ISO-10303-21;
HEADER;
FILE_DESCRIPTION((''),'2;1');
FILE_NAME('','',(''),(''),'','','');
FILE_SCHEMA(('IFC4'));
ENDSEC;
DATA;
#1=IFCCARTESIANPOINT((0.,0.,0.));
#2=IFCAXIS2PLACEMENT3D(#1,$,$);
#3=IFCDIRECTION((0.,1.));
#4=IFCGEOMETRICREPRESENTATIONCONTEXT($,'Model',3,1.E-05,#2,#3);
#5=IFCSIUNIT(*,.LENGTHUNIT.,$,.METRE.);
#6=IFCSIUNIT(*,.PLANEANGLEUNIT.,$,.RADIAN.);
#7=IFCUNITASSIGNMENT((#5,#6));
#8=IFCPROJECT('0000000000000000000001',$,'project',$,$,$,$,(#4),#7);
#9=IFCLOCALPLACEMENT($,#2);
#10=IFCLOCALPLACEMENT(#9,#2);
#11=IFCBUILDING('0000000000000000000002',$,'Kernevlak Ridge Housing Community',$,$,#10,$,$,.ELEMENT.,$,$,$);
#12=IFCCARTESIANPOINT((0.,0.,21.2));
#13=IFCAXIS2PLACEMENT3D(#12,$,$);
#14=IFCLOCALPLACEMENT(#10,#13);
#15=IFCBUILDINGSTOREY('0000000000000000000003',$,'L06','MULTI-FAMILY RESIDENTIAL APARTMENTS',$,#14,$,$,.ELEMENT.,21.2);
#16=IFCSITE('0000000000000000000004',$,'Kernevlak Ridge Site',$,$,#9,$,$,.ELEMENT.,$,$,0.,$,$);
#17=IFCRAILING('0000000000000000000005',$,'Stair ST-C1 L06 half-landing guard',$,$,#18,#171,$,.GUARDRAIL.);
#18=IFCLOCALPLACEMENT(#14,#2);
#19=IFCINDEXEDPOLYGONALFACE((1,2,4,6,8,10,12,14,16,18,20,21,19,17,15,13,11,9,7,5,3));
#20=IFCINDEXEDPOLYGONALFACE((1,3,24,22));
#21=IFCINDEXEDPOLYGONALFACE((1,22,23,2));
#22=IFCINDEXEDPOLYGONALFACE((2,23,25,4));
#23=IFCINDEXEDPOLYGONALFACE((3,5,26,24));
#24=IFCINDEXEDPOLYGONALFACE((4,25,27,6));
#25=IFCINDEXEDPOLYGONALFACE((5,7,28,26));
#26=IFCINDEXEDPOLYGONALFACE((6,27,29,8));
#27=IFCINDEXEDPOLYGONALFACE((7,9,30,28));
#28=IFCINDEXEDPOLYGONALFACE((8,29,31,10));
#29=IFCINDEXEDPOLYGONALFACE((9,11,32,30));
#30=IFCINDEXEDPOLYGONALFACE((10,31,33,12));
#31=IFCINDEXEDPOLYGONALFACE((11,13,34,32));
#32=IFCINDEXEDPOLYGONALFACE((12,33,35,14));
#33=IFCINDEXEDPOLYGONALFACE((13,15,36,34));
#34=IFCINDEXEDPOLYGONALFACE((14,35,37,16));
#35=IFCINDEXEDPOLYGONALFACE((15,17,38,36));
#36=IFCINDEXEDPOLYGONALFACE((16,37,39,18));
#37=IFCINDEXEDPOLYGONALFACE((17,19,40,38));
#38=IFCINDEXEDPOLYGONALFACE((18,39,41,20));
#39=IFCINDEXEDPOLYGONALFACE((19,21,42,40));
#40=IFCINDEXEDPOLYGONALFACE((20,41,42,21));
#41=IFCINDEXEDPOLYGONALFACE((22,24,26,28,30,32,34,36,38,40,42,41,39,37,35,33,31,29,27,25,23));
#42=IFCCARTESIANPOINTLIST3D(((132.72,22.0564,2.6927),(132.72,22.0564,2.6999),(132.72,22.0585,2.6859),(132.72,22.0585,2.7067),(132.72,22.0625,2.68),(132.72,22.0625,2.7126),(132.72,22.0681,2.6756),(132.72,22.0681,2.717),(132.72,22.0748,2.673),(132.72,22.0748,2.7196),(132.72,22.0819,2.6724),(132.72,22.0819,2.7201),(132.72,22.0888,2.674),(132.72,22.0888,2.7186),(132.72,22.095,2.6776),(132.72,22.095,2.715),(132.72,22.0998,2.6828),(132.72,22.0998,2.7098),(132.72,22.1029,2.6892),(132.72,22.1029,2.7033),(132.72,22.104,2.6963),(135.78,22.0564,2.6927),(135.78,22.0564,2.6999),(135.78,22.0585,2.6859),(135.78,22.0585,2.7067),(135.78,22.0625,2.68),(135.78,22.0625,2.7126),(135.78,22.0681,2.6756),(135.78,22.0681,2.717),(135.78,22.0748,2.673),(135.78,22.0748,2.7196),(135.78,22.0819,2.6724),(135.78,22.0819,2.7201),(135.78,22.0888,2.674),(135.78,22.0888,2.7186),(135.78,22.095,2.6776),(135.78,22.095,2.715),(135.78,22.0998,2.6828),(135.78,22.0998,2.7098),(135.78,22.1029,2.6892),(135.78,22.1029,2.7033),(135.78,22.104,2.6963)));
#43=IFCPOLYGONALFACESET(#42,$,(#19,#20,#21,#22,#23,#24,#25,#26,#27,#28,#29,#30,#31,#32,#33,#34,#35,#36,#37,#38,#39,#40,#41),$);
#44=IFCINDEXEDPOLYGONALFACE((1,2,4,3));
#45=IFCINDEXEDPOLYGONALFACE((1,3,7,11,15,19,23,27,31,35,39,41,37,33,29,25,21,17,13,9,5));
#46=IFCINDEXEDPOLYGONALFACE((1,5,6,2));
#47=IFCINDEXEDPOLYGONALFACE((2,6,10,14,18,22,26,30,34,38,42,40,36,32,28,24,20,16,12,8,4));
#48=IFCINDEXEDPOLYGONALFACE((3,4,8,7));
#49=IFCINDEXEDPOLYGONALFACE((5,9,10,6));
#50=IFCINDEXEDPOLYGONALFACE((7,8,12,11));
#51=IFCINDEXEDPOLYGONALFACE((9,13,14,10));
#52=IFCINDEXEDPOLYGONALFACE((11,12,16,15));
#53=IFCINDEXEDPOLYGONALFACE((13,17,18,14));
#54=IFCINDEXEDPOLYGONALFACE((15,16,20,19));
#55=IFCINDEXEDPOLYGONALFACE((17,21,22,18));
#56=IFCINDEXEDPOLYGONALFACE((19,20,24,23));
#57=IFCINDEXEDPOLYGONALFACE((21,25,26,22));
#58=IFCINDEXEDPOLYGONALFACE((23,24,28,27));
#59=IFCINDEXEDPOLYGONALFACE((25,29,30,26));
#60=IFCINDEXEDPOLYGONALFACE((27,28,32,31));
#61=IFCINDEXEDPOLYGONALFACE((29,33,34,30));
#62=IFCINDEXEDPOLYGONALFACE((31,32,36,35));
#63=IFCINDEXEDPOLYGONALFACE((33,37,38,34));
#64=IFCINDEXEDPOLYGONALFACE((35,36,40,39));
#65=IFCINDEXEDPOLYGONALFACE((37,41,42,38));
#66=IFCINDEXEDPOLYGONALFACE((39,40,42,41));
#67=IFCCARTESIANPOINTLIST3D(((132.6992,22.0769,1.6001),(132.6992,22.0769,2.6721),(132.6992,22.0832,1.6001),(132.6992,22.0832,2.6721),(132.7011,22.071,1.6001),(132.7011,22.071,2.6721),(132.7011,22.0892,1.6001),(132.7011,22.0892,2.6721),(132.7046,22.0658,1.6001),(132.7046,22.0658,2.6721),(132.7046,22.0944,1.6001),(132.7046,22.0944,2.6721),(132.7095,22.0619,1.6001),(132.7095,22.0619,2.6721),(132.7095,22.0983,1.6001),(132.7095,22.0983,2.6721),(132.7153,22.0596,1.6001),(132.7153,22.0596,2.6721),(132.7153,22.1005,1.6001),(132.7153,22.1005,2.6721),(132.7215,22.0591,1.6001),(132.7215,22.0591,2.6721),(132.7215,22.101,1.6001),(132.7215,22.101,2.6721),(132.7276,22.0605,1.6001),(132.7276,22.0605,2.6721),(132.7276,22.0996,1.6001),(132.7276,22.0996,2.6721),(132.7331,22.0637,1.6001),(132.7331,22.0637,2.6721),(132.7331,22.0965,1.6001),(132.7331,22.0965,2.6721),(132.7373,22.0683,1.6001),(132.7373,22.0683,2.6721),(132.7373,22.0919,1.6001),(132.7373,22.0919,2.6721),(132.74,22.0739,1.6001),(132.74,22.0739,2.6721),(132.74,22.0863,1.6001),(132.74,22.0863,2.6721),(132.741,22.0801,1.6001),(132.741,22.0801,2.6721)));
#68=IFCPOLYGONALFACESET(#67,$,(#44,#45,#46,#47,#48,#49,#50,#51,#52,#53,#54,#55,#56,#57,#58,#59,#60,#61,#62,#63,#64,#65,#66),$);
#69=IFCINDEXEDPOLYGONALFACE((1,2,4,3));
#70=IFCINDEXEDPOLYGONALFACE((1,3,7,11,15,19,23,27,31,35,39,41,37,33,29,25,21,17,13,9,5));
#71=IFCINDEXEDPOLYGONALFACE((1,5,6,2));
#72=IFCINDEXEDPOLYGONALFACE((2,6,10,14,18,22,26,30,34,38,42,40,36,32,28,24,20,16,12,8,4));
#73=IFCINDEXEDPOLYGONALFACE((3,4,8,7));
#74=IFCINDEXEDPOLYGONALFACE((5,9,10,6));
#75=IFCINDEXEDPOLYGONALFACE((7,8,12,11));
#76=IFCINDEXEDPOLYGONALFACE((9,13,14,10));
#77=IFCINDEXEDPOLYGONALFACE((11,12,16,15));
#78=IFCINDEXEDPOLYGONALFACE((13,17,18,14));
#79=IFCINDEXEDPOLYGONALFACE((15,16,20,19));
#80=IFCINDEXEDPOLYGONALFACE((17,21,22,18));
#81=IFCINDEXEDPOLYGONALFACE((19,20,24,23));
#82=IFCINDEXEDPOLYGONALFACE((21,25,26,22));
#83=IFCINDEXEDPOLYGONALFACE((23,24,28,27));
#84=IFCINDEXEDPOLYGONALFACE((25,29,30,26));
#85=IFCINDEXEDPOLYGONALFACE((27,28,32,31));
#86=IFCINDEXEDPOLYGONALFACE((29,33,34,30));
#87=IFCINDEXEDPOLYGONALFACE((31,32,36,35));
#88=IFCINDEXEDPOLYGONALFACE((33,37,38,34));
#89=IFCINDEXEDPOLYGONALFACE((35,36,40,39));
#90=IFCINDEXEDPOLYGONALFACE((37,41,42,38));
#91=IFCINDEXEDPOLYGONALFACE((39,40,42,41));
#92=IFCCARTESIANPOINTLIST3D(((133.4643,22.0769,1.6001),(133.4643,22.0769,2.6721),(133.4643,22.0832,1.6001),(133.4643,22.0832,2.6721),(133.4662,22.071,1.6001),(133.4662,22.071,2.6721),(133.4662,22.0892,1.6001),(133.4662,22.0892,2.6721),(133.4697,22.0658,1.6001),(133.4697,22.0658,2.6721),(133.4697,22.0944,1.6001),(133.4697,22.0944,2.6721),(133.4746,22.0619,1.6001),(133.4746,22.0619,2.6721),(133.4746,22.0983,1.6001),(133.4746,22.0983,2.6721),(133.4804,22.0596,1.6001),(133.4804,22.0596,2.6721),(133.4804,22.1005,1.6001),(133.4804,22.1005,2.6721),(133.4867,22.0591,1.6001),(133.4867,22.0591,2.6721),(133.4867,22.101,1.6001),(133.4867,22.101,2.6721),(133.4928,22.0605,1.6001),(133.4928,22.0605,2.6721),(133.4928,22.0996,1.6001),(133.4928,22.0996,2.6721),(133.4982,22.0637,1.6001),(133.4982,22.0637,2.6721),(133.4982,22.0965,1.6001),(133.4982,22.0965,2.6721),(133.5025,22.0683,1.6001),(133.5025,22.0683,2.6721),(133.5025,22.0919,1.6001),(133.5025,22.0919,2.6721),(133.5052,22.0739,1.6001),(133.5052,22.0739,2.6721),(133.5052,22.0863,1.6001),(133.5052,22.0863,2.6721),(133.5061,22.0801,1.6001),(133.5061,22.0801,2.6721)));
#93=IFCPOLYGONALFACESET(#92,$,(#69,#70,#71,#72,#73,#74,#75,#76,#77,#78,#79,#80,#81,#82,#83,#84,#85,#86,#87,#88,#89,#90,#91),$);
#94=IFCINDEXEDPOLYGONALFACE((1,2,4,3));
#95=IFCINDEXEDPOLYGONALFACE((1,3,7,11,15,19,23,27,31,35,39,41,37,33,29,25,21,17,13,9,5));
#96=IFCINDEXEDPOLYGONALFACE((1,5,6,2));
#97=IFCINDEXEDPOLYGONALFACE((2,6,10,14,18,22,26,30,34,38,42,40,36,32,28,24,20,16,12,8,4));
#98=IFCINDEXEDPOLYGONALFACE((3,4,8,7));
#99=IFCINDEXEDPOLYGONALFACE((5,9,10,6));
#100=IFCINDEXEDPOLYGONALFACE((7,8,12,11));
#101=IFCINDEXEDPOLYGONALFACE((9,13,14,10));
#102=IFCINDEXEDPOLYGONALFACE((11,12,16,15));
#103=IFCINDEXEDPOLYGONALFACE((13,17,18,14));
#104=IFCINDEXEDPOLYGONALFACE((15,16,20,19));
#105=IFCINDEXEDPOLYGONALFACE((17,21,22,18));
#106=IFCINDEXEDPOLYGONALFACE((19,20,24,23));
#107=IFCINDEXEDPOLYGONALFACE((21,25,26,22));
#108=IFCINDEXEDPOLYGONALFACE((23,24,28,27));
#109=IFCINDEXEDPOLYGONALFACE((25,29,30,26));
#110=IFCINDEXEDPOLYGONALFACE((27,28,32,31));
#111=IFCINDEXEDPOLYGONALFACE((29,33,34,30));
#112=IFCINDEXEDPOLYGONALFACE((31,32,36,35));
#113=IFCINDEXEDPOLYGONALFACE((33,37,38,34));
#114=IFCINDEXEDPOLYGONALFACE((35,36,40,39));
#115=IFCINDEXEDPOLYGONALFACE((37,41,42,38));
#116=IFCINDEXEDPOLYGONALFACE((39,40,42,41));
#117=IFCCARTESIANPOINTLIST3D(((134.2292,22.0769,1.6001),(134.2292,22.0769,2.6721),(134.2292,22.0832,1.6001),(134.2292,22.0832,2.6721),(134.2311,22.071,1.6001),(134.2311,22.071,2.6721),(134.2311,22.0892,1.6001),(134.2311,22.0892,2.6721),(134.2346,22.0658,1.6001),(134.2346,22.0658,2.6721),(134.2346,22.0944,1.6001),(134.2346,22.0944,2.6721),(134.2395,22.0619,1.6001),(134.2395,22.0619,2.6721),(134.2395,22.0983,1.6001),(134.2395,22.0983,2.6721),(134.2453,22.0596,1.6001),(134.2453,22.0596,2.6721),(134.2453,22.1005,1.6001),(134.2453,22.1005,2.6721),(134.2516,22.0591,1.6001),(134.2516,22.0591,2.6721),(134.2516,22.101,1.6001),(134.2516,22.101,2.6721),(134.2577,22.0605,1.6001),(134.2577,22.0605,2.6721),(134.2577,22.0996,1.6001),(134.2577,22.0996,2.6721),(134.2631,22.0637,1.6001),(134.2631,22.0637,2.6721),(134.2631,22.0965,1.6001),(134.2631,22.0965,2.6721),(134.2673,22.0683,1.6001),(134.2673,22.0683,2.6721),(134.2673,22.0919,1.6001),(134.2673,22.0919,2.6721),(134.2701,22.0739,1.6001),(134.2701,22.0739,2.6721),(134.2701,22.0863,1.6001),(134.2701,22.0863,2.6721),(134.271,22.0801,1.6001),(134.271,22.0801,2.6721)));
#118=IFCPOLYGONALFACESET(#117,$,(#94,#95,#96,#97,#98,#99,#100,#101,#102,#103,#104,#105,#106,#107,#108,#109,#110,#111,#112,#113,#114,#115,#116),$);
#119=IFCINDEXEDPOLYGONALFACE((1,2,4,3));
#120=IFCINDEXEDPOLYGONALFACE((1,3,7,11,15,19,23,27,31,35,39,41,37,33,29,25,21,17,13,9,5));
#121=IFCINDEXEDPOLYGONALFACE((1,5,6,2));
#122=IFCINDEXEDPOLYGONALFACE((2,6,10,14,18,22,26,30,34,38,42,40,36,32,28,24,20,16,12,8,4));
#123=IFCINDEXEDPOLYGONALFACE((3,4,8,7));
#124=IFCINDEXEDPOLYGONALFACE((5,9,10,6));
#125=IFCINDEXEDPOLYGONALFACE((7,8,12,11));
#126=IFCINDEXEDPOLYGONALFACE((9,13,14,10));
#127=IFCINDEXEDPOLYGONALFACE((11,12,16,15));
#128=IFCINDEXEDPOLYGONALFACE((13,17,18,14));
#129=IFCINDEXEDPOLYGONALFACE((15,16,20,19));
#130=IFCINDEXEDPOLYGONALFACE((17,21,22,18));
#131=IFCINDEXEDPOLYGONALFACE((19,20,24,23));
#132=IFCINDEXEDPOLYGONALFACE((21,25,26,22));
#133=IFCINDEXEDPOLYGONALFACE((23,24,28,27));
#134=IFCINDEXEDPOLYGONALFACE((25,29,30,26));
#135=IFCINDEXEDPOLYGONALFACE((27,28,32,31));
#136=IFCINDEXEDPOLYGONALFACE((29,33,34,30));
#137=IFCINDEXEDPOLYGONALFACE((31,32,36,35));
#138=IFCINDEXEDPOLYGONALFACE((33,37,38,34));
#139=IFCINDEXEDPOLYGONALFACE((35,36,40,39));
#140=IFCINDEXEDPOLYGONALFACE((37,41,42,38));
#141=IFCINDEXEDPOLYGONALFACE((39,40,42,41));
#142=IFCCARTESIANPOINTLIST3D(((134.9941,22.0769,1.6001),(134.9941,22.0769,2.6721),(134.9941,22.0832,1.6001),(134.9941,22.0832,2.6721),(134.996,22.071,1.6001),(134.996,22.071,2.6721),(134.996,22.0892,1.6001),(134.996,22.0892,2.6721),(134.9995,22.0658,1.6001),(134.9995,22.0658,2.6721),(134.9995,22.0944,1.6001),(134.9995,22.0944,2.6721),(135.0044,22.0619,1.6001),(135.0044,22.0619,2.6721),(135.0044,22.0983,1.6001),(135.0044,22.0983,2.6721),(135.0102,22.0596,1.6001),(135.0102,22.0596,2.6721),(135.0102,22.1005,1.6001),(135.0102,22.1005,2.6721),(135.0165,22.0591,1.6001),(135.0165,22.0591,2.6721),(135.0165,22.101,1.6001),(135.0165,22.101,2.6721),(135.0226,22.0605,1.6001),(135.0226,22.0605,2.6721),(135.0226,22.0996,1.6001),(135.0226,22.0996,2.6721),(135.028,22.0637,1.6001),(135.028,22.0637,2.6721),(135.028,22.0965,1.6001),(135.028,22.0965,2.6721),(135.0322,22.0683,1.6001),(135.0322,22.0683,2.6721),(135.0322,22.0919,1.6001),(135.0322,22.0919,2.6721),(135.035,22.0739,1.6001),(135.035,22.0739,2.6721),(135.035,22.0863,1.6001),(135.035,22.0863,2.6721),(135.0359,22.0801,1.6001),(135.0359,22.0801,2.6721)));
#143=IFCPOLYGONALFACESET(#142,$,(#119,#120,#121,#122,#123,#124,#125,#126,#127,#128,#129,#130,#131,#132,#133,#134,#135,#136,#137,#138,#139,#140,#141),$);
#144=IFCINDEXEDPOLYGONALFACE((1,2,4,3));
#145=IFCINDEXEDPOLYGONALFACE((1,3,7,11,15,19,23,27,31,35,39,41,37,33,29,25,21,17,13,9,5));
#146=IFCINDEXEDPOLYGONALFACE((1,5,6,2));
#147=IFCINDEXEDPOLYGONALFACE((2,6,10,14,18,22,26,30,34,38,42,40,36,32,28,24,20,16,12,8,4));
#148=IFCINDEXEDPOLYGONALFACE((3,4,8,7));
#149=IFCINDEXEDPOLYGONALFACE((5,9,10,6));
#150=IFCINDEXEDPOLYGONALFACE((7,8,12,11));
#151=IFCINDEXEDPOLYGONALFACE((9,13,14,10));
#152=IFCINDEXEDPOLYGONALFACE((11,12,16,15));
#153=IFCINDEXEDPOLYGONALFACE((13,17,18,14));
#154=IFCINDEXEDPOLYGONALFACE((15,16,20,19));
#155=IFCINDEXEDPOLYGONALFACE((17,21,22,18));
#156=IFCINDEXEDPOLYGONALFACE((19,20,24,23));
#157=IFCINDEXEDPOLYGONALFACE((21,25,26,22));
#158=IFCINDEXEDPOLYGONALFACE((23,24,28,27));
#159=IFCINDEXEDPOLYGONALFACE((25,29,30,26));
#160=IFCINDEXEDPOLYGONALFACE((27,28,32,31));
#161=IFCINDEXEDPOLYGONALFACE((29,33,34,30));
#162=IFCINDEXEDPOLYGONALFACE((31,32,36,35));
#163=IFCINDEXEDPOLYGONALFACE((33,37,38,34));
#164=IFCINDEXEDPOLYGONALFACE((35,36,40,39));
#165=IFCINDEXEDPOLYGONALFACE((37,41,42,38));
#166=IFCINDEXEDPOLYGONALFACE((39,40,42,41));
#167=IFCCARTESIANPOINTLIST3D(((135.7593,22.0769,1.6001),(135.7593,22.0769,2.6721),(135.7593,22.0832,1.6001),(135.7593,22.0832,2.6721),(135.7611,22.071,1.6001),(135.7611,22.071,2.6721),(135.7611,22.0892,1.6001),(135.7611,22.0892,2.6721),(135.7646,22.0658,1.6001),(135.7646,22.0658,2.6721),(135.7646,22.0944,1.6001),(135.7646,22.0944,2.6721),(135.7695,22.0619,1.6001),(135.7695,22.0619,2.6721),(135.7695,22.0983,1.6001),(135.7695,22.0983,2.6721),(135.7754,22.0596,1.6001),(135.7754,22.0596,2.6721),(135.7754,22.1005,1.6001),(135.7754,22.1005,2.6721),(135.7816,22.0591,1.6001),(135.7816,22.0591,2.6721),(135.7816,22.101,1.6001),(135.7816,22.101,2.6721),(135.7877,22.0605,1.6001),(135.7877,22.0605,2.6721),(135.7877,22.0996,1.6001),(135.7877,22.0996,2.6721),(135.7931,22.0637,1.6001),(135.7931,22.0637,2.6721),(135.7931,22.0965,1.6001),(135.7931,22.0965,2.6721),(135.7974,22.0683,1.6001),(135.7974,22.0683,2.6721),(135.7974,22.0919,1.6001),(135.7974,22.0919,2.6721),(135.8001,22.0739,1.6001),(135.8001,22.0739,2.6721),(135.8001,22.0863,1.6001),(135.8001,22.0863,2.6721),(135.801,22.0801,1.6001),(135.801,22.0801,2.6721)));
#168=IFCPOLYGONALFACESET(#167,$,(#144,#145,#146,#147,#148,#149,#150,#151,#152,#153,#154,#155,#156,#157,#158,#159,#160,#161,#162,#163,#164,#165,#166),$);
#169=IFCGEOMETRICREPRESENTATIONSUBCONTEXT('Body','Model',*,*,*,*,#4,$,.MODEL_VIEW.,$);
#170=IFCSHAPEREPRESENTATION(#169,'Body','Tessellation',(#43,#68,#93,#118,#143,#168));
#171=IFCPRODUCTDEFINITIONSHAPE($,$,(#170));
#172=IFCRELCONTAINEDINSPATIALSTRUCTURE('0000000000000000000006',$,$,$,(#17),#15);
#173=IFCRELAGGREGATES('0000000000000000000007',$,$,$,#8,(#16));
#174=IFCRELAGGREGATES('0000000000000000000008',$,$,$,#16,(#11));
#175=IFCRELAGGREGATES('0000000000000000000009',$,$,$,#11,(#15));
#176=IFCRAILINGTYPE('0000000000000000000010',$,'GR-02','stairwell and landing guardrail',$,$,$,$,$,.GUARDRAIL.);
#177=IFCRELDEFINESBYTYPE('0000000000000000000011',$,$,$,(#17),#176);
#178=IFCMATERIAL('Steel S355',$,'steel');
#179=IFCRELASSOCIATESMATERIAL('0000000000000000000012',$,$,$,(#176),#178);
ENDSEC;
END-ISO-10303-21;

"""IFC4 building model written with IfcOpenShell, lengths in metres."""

from ifc_helpers import new_model, si_unit, direction, frame, origin, origin_2d, place, context, subcontext, project, spatial, circle, extrude, material, type_object, element, save


model = new_model("IFC4")

# Units and contexts
model_context = context("Model", 3, precision=1e-05, world=origin(), true_north=direction((0.0, 1.0)))
body_context = subcontext(model_context, "Body", "Model", "MODEL_VIEW")
ifc_project = project(units=[si_unit("LENGTHUNIT", "METRE"), si_unit("PLANEANGLEUNIT", "RADIAN")], contexts=[model_context])

# Site, building, storey
site_placement = place(None, origin())
site = spatial("IfcSite", under=ifc_project, at=site_placement, Name="Kernevlak Ridge Site", CompositionType="ELEMENT", RefElevation=0.0)
building_placement = place(site_placement, origin())
building = spatial("IfcBuilding", under=site, at=building_placement, Name="Kernevlak Ridge Housing Community", CompositionType="ELEMENT")
storey_placement = place(building_placement, frame((0.0, 0.0, 21.2)))
storey = spatial("IfcBuildingStorey", under=building, at=storey_placement, Name="L06", Description="MULTI-FAMILY RESIDENTIAL APARTMENTS", CompositionType="ELEMENT", Elevation=21.2)

# Railing
ifc_material_1 = material(Name="Steel S355", Category="steel")
railing_type_1 = type_object("IfcRailingType", Name="GR-02", Description="stairwell and landing guardrail", PredefinedType="GUARDRAIL", material=ifc_material_1)
railing_1_placement = place(storey_placement, frame((132.72, 22.0801, 1.6001)))
element("IfcRailing", 1, at=railing_1_placement, inside=storey, type_object=railing_type_1, Name="Stair ST-C1 L06 half-landing guard", PredefinedType="GUARDRAIL", context=body_context, shape_type="SweptSolid", body=[
    extrude(circle(Radius=0.0239, at=origin_2d()), frame((0.0, 0.0, 1.0962), z_axis=(1.0, 0.0, 0.0), x_axis=(0.0, 1.0, 0.0)), (0.0, 0.0, 1.0), 3.0601),
    extrude(circle(Radius=0.021, at=origin_2d()), origin(), (0.0, 0.0, 1.0), 1.072),
    extrude(circle(Radius=0.021, at=origin_2d()), frame((0.7651, 0.0, 0.0)), (0.0, 0.0, 1.0), 1.072),
    extrude(circle(Radius=0.021, at=origin_2d()), frame((1.53, 0.0, 0.0)), (0.0, 0.0, 1.0), 1.072),
    extrude(circle(Radius=0.021, at=origin_2d()), frame((2.2949, 0.0, 0.0)), (0.0, 0.0, 1.0), 1.072),
    extrude(circle(Radius=0.021, at=origin_2d()), frame((3.0601, 0.0, 0.0)), (0.0, 0.0, 1.0), 1.072),
])

save(model, "model.ifc")
